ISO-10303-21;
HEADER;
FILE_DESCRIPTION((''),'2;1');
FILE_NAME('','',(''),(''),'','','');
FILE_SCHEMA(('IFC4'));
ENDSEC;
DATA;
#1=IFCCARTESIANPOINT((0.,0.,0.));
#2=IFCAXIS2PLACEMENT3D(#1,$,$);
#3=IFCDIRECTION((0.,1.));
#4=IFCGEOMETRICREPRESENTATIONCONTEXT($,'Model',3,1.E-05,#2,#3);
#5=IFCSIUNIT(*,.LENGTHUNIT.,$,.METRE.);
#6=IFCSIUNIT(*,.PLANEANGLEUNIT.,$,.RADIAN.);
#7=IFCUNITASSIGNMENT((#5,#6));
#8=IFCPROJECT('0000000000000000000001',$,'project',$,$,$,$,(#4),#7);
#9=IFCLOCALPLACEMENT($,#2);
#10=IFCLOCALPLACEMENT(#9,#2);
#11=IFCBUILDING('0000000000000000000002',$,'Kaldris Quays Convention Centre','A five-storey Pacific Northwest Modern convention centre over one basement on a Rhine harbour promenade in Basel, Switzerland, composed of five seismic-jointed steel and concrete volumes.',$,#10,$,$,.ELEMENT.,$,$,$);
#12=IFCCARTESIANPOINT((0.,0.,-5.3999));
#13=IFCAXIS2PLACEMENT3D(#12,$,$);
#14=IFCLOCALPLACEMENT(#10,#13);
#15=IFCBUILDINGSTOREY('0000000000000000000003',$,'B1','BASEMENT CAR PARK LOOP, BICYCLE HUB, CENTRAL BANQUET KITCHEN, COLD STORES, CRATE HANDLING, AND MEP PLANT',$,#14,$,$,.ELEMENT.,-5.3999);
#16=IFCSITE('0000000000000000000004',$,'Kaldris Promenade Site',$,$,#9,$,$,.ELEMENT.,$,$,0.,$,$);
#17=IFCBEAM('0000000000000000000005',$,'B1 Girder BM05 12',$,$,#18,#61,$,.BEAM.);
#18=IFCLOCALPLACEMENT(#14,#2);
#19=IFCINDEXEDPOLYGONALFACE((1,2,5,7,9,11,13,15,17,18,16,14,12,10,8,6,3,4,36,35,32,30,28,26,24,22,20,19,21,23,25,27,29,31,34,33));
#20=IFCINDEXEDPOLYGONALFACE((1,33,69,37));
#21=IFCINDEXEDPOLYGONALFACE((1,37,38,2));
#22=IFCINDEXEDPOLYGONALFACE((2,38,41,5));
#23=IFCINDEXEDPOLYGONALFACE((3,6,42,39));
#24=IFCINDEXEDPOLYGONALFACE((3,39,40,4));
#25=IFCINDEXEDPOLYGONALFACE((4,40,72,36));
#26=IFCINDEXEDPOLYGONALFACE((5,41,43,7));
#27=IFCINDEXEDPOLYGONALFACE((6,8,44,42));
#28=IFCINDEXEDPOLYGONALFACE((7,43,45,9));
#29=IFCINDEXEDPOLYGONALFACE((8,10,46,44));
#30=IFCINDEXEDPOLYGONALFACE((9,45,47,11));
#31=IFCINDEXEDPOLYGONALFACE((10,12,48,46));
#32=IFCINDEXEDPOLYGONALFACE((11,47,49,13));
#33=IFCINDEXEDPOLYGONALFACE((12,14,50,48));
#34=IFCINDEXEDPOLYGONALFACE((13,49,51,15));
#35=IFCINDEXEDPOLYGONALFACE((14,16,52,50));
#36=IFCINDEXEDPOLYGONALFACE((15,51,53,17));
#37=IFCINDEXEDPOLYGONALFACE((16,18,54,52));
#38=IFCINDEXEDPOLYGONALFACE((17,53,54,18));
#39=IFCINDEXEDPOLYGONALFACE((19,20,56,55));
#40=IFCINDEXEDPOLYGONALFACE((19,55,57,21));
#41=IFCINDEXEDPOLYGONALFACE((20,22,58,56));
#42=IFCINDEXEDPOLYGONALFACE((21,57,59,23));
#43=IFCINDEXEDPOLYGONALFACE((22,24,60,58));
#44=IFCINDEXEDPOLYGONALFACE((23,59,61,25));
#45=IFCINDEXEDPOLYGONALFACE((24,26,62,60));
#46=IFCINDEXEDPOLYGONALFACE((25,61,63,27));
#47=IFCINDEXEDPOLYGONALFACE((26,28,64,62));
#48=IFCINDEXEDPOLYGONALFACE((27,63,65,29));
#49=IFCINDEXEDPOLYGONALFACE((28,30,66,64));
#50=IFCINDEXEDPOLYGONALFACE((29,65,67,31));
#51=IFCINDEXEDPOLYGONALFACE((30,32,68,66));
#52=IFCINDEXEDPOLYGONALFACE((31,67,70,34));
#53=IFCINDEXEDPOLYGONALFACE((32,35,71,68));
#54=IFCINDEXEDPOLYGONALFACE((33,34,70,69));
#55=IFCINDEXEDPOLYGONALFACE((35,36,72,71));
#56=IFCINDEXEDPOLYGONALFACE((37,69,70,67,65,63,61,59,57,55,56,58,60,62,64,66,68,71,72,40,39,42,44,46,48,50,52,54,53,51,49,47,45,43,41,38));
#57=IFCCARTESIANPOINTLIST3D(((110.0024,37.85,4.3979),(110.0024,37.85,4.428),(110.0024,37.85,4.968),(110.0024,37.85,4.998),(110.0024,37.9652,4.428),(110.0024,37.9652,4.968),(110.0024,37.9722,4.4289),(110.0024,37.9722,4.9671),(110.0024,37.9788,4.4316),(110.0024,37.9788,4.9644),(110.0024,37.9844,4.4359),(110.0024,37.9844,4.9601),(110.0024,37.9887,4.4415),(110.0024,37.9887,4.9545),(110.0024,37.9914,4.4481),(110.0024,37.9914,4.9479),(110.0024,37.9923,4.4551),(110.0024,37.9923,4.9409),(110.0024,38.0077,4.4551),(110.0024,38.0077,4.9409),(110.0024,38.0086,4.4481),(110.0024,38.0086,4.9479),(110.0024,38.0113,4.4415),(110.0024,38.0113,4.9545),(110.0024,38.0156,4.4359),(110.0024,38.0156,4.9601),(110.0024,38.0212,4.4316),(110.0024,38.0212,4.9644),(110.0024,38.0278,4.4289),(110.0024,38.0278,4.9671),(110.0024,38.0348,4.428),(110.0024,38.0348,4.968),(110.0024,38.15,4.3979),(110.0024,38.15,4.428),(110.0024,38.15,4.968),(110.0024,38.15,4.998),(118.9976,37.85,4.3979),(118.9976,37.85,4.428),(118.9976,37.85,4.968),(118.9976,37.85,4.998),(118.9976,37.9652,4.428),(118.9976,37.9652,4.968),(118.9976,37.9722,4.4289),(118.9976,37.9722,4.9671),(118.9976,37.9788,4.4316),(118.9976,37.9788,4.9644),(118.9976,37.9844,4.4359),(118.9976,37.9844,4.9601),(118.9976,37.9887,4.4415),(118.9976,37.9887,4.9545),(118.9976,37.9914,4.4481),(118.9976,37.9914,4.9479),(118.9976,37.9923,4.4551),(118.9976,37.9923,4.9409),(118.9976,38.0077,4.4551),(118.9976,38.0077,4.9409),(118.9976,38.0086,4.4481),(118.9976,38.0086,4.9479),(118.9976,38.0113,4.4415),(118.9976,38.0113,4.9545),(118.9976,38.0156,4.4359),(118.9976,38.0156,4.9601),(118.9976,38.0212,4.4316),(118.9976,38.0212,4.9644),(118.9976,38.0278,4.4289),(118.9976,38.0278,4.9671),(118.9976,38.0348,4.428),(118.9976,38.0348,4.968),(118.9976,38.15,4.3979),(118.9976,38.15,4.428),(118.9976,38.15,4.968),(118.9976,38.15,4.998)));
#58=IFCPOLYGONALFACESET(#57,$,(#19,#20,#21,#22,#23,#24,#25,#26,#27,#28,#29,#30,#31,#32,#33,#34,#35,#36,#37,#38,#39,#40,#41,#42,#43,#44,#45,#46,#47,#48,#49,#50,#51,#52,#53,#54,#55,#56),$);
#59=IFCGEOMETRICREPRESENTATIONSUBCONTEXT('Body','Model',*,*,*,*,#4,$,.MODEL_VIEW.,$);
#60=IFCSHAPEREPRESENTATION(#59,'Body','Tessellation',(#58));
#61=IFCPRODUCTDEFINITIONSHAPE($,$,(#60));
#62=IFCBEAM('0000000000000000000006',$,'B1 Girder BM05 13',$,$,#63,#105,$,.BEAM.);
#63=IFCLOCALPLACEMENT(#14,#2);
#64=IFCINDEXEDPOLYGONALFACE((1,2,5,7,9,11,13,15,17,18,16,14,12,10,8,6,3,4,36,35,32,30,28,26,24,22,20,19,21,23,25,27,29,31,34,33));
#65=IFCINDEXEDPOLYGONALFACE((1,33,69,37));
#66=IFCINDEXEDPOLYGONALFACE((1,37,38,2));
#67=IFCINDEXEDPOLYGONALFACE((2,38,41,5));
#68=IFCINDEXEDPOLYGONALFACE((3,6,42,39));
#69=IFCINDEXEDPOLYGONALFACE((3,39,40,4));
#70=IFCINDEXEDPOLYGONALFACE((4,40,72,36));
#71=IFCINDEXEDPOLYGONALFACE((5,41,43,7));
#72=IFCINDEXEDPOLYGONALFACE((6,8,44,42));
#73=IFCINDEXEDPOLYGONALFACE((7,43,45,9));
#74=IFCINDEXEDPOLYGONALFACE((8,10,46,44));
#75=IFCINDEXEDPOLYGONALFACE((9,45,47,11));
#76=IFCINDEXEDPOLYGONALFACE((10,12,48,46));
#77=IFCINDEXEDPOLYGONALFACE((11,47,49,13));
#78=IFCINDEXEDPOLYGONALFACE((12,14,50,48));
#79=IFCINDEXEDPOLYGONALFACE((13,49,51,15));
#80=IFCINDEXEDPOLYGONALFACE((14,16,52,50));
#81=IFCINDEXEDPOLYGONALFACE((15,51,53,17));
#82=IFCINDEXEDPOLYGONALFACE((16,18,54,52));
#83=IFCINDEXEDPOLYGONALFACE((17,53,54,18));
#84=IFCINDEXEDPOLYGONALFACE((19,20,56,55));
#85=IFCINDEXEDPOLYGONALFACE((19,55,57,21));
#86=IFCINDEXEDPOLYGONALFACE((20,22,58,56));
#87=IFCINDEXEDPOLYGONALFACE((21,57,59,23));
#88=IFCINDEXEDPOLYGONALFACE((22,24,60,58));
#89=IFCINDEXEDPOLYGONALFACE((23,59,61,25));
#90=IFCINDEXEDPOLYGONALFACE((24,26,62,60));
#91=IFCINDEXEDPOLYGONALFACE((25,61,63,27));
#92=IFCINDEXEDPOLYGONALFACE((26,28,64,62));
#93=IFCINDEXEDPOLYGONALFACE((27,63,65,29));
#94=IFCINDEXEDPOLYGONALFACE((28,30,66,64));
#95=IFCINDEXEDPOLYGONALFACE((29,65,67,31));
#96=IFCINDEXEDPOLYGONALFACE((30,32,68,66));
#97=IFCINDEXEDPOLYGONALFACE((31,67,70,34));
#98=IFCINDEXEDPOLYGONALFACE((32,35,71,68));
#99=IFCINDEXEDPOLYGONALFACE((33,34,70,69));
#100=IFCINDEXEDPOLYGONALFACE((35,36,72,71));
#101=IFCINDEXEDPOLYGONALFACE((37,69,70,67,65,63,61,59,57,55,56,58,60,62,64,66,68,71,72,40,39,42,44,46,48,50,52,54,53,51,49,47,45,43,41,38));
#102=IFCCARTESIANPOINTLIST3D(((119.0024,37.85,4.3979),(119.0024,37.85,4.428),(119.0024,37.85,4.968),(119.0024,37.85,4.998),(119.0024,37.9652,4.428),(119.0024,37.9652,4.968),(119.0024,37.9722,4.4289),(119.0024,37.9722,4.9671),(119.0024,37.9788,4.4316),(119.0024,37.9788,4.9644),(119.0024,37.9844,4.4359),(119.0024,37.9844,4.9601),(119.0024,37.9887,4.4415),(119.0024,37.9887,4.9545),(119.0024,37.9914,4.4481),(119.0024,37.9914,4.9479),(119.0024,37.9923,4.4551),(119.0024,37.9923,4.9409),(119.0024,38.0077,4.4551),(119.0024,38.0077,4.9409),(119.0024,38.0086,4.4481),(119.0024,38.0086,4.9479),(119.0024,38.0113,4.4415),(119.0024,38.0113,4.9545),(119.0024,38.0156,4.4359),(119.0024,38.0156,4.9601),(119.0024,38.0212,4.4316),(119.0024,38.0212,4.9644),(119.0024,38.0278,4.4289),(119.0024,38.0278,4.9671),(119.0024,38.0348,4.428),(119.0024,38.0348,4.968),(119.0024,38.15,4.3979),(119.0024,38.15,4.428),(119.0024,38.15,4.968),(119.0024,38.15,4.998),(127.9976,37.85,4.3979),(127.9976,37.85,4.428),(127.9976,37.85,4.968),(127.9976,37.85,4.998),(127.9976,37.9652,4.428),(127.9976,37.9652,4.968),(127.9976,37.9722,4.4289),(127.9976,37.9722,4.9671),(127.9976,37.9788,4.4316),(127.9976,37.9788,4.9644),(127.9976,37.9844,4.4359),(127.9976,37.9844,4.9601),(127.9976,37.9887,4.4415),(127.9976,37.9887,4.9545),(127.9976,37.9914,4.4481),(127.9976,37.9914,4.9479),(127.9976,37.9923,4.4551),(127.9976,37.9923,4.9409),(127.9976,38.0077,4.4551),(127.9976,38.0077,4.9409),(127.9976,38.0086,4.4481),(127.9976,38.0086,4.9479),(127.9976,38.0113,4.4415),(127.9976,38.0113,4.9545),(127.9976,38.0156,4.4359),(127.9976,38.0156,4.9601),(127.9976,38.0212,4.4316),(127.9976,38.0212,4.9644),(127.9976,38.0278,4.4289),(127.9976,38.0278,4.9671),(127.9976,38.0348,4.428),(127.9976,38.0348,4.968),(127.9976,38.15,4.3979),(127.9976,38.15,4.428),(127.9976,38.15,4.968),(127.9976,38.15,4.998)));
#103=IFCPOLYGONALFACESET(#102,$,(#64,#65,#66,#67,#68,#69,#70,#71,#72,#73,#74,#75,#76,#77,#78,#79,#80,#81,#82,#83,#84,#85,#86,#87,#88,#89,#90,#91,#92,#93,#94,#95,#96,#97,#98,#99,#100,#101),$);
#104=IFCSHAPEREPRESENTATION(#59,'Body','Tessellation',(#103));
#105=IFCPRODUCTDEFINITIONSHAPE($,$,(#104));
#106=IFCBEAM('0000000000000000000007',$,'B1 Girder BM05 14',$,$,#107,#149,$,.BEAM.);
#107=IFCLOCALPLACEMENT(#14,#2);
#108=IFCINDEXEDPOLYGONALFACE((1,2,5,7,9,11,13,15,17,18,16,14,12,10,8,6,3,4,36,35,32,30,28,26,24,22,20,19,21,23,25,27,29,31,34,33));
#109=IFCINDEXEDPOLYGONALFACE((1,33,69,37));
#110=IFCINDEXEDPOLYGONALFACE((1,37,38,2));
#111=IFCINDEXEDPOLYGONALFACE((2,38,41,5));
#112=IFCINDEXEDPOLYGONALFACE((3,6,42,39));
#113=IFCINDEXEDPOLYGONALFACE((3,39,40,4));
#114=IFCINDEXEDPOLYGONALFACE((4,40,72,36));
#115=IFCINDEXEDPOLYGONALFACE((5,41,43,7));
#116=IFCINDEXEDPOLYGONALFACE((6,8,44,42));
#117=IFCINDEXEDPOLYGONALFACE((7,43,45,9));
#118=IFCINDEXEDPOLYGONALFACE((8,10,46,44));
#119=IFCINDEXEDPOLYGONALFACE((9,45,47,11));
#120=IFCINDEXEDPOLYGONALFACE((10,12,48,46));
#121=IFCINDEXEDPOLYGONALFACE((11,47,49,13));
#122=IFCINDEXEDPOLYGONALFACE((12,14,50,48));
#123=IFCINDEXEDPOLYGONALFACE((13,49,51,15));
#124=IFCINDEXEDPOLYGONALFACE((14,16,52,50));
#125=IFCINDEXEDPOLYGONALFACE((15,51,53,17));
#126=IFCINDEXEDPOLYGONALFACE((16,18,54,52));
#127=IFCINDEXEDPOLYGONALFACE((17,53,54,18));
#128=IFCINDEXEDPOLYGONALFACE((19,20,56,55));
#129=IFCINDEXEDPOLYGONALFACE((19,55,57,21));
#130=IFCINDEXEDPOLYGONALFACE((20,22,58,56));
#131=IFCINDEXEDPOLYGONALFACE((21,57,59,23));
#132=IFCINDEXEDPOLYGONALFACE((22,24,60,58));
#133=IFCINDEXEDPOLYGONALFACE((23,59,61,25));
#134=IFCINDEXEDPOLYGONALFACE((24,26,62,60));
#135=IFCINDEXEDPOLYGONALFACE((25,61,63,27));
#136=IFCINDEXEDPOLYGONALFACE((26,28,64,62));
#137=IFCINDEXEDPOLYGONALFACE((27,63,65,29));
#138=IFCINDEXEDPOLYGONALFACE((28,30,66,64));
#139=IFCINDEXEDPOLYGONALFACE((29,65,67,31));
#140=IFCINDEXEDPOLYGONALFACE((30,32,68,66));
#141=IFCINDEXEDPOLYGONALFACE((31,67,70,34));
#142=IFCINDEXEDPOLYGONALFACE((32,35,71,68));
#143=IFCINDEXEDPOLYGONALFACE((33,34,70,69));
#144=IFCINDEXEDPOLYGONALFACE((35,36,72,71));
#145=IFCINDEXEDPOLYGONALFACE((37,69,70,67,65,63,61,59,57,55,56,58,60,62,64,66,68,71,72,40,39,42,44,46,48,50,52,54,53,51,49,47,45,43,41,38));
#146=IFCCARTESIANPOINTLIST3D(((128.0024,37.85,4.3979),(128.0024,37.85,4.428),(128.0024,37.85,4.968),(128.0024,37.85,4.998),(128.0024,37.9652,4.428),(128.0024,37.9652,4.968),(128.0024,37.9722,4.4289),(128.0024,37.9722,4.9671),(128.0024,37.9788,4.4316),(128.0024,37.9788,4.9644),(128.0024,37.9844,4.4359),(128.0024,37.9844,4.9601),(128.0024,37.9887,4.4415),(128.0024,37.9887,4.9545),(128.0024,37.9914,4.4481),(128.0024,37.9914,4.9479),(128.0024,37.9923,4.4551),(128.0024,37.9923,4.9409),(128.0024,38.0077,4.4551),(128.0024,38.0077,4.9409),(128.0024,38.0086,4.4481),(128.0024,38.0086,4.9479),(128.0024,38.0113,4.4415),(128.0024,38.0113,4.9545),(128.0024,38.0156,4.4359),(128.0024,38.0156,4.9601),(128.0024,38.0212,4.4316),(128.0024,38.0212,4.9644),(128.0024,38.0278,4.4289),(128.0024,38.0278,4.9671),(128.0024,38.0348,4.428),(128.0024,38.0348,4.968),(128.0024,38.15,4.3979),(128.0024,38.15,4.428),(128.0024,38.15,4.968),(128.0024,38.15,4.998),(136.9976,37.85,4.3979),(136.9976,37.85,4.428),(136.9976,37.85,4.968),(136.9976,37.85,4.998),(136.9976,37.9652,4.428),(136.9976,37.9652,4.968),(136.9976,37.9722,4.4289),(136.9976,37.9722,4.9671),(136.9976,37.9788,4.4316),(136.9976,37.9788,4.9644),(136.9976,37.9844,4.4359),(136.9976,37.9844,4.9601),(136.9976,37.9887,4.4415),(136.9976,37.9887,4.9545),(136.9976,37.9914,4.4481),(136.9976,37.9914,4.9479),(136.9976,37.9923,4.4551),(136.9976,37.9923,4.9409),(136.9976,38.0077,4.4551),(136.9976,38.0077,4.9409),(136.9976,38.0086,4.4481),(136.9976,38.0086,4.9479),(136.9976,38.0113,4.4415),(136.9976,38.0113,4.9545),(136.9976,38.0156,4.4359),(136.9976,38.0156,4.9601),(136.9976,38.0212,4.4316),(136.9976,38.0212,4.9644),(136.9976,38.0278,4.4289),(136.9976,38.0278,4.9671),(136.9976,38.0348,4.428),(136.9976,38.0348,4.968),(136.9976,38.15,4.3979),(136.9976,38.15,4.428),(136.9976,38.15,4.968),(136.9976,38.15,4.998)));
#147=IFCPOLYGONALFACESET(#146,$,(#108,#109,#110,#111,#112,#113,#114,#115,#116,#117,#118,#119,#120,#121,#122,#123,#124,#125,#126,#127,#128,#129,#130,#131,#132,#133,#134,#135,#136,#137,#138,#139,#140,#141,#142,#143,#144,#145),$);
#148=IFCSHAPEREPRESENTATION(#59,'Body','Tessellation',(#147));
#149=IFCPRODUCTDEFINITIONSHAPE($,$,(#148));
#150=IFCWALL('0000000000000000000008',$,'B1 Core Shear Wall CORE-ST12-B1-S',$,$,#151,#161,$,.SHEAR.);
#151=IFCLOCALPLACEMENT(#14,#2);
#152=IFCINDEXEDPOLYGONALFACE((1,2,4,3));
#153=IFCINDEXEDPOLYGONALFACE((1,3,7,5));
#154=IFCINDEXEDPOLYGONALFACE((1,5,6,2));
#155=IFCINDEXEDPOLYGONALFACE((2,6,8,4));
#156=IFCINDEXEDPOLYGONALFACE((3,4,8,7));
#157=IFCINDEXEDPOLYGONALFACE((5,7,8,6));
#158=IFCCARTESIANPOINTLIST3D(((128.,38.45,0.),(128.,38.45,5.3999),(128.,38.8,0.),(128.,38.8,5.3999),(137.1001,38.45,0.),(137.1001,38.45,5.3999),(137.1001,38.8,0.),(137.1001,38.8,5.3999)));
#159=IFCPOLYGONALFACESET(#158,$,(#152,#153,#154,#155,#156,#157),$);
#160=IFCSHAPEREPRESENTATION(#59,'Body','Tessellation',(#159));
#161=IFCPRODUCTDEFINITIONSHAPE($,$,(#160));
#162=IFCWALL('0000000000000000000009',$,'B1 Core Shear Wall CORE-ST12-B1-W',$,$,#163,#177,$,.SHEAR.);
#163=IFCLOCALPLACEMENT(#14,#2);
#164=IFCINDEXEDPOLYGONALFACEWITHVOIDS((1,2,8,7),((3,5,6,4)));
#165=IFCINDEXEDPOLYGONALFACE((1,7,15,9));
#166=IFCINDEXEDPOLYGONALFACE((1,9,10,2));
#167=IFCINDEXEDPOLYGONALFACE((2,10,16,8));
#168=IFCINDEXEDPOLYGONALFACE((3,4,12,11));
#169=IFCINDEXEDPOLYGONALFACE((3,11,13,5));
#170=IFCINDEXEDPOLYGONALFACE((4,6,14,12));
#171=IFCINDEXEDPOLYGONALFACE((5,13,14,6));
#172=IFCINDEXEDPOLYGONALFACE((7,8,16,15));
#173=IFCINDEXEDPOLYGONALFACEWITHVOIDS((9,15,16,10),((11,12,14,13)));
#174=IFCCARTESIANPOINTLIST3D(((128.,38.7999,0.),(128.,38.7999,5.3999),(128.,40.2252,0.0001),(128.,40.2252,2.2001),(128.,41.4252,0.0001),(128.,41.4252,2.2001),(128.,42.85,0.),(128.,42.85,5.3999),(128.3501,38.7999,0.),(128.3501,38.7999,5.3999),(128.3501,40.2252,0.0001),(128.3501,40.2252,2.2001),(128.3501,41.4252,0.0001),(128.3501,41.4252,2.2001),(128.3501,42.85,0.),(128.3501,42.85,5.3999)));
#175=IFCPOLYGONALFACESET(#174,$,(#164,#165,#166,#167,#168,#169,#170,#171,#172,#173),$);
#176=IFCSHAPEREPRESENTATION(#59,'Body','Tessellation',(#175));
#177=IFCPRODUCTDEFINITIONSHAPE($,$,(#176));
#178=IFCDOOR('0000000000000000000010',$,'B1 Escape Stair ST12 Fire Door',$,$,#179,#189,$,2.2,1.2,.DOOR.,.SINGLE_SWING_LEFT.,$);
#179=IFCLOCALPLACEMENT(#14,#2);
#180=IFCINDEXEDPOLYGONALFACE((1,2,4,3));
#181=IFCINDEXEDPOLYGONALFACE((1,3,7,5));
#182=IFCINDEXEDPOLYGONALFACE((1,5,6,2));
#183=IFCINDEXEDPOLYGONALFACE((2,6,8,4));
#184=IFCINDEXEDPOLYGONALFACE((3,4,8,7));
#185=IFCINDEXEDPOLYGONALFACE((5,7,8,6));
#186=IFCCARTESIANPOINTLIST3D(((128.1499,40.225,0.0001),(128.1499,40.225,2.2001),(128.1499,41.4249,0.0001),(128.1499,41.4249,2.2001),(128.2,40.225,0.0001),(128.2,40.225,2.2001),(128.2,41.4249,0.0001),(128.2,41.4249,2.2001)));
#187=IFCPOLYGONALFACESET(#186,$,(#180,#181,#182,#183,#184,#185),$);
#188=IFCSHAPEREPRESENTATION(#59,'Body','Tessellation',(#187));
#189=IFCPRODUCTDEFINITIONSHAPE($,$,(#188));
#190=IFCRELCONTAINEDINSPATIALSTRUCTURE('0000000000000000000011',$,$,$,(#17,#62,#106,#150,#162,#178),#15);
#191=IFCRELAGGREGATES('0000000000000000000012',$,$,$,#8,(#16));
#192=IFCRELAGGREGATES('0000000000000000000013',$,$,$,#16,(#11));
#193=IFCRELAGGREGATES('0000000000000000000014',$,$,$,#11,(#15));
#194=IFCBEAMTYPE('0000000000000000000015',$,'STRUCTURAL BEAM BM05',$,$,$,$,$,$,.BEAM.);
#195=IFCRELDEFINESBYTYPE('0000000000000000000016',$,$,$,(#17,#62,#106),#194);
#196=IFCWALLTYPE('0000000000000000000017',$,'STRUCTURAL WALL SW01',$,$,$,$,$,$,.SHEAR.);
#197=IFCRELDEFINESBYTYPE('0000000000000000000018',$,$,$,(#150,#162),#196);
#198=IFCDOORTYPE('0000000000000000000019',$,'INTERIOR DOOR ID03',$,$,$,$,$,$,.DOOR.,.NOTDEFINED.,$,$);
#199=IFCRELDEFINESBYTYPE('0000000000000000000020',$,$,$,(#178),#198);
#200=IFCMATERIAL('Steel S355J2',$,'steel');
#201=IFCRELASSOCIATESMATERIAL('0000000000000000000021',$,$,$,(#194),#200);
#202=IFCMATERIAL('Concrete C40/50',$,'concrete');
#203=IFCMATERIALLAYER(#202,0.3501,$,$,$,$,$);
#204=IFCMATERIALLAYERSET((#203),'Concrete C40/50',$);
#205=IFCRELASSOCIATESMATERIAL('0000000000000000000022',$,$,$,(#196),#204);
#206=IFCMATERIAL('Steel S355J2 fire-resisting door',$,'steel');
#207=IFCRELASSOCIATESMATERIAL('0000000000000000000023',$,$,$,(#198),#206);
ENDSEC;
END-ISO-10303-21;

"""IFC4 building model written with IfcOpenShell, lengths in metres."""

from ifc_helpers import new_model, si_unit, direction, frame, frame_2d, origin, origin_2d, place, context, subcontext, project, spatial, rectangle, i_section, extrude, material, layer, layer_set, material_profile, profile_set, type_object, element, fill, save


model = new_model("IFC4")

# Units and contexts
model_context = context("Model", 3, precision=1e-05, world=origin(), true_north=direction((0.0, 1.0)))
body_context = subcontext(model_context, "Body", "Model", "MODEL_VIEW")
ifc_project = project(units=[si_unit("LENGTHUNIT", "METRE"), si_unit("PLANEANGLEUNIT", "RADIAN")], contexts=[model_context])

# Site, building, storey
site_placement = place(None, origin())
site = spatial("IfcSite", under=ifc_project, at=site_placement, Name="Kaldris Promenade Site", CompositionType="ELEMENT", RefElevation=0.0)
building_placement = place(site_placement, origin())
building = spatial("IfcBuilding", under=site, at=building_placement, Name="Kaldris Quays Convention Centre", Description="A five-storey Pacific Northwest Modern convention centre over one basement on a Rhine harbour promenade in Basel, Switzerland, composed of five seismic-jointed steel and concrete volumes.", CompositionType="ELEMENT")
storey_placement = place(building_placement, frame((0.0, 0.0, -5.3999)))
storey = spatial("IfcBuildingStorey", under=building, at=storey_placement, Name="B1", Description="BASEMENT CAR PARK LOOP, BICYCLE HUB, CENTRAL BANQUET KITCHEN, COLD STORES, CRATE HANDLING, AND MEP PLANT", CompositionType="ELEMENT", Elevation=-5.3999)

# Shared definitions
ifc_material_1 = material(Name="Steel S355J2", Category="steel")

# Beams
ifc_material_profile_1 = material_profile(ifc_material_1, i_section(OverallWidth=0.3, OverallDepth=0.6001, WebThickness=0.0154, FlangeThickness=0.03, FilletRadius=0.0271, at=origin_2d()), Name="HEB 600")
ifc_profile_set_1 = profile_set([ifc_material_profile_1], Name="Steel S355J2")
beam_type = type_object("IfcBeamType", Name="STRUCTURAL BEAM BM05", PredefinedType="BEAM", material=ifc_profile_set_1)
for number, where, z_axis, x_axis, name in (
    (1, (110.0024, 38.0, 4.698), (1.0, 0.0, 0.0), (0.0, 1.0, 0.0), "B1 Girder BM05 12"),
    (2, (119.0024, 38.0, 4.698), (1.0, 0.0, 0.0), (0.0, 1.0, 0.0), "B1 Girder BM05 13"),
    (3, (128.0024, 38.0, 4.698), (1.0, 0.0, 0.0), (0.0, 1.0, 0.0), "B1 Girder BM05 14"),
):
    element("IfcBeam", number, at=place(storey_placement, frame(where, z_axis=z_axis, x_axis=x_axis)), inside=storey, type_object=beam_type, Name=name, PredefinedType="BEAM", context=body_context, shape_type="SweptSolid", body=[
        extrude(i_section(OverallWidth=0.3, OverallDepth=0.6001, WebThickness=0.0154, FlangeThickness=0.03, FilletRadius=0.0271, at=origin_2d()), origin(), (0.0, 0.0, 1.0), 8.9951),
    ])

# Wall
ifc_material_2 = material(Name="Concrete C40/50", Category="concrete")
ifc_layer = layer(ifc_material_2, 0.3501)
ifc_layer_set = layer_set([ifc_layer], Name="Concrete C40/50")
wall_type = type_object("IfcWallType", Name="STRUCTURAL WALL SW01", PredefinedType="SHEAR", material=ifc_layer_set)
wall_1_placement = place(storey_placement, frame((128.0, 38.625, 0.0), z_axis=(0.0, 0.0, 1.0), x_axis=(1.0, 0.0, 0.0)))
element("IfcWall", 4, at=wall_1_placement, inside=storey, type_object=wall_type, Name="B1 Core Shear Wall CORE-ST12-B1-S", PredefinedType="SHEAR", context=body_context, shape_type="SweptSolid", body=[
    extrude(rectangle(XDim=9.1001, YDim=0.3501, at=frame_2d((4.55, 0.0))), origin(), (0.0, 0.0, 1.0), 5.3999),
])

# Wall, opening, door
wall_2_placement = place(storey_placement, frame((128.175, 38.8, 0.0), z_axis=(0.0, 0.0, 1.0), x_axis=(0.0, 1.0, 0.0)))
wall_2 = element("IfcWall", 5, at=wall_2_placement, inside=storey, type_object=wall_type, Name="B1 Core Shear Wall CORE-ST12-B1-W", PredefinedType="SHEAR", context=body_context, shape_type="SweptSolid", body=[
    extrude(rectangle(XDim=4.05, YDim=0.3501, at=frame_2d((2.0249, 0.0))), origin(), (0.0, 0.0, 1.0), 5.3999),
])
opening_1_placement = place(wall_2_placement, frame((1.425, 0.0, 0.0)))
opening_1 = element("IfcOpeningElement", 6, at=opening_1_placement, cuts=wall_2, PredefinedType="OPENING", context=body_context, shape_type="SweptSolid", body=[
    extrude(rectangle(XDim=1.2, YDim=2.2, at=frame_2d((0.6001, 1.1001))), frame((0.0, 0.1851, 0.0), z_axis=(0.0, -1.0, 0.0), x_axis=(1.0, 0.0, 0.0)), (0.0, 0.0, 1.0), 0.3701),
])
ifc_material_3 = material(Name="Steel S355J2 fire-resisting door", Category="steel")
door_type = type_object("IfcDoorType", Name="INTERIOR DOOR ID03", OperationType="NOTDEFINED", PredefinedType="DOOR", material=ifc_material_3)
door_1_placement = place(opening_1_placement, frame((1.2, 0.0, 0.0), z_axis=(0.0, 0.0, 1.0), x_axis=(-1.0, 0.0, 0.0)))
door_1 = element("IfcDoor", 7, at=door_1_placement, inside=storey, type_object=door_type, Name="B1 Escape Stair ST12 Fire Door", OperationType="SINGLE_SWING_LEFT", OverallHeight=2.2, OverallWidth=1.2, PredefinedType="DOOR", context=body_context, shape_type="SweptSolid", body=[
    extrude(rectangle(XDim=1.2, YDim=2.2, at=frame_2d((0.6001, 1.1001))), frame((0.0, 0.0249, 0.0), z_axis=(0.0, -1.0, 0.0), x_axis=(1.0, 0.0, 0.0)), (0.0, 0.0, 1.0), 0.05),
])
fill(opening_1, door_1)

save(model, "model.ifc")
